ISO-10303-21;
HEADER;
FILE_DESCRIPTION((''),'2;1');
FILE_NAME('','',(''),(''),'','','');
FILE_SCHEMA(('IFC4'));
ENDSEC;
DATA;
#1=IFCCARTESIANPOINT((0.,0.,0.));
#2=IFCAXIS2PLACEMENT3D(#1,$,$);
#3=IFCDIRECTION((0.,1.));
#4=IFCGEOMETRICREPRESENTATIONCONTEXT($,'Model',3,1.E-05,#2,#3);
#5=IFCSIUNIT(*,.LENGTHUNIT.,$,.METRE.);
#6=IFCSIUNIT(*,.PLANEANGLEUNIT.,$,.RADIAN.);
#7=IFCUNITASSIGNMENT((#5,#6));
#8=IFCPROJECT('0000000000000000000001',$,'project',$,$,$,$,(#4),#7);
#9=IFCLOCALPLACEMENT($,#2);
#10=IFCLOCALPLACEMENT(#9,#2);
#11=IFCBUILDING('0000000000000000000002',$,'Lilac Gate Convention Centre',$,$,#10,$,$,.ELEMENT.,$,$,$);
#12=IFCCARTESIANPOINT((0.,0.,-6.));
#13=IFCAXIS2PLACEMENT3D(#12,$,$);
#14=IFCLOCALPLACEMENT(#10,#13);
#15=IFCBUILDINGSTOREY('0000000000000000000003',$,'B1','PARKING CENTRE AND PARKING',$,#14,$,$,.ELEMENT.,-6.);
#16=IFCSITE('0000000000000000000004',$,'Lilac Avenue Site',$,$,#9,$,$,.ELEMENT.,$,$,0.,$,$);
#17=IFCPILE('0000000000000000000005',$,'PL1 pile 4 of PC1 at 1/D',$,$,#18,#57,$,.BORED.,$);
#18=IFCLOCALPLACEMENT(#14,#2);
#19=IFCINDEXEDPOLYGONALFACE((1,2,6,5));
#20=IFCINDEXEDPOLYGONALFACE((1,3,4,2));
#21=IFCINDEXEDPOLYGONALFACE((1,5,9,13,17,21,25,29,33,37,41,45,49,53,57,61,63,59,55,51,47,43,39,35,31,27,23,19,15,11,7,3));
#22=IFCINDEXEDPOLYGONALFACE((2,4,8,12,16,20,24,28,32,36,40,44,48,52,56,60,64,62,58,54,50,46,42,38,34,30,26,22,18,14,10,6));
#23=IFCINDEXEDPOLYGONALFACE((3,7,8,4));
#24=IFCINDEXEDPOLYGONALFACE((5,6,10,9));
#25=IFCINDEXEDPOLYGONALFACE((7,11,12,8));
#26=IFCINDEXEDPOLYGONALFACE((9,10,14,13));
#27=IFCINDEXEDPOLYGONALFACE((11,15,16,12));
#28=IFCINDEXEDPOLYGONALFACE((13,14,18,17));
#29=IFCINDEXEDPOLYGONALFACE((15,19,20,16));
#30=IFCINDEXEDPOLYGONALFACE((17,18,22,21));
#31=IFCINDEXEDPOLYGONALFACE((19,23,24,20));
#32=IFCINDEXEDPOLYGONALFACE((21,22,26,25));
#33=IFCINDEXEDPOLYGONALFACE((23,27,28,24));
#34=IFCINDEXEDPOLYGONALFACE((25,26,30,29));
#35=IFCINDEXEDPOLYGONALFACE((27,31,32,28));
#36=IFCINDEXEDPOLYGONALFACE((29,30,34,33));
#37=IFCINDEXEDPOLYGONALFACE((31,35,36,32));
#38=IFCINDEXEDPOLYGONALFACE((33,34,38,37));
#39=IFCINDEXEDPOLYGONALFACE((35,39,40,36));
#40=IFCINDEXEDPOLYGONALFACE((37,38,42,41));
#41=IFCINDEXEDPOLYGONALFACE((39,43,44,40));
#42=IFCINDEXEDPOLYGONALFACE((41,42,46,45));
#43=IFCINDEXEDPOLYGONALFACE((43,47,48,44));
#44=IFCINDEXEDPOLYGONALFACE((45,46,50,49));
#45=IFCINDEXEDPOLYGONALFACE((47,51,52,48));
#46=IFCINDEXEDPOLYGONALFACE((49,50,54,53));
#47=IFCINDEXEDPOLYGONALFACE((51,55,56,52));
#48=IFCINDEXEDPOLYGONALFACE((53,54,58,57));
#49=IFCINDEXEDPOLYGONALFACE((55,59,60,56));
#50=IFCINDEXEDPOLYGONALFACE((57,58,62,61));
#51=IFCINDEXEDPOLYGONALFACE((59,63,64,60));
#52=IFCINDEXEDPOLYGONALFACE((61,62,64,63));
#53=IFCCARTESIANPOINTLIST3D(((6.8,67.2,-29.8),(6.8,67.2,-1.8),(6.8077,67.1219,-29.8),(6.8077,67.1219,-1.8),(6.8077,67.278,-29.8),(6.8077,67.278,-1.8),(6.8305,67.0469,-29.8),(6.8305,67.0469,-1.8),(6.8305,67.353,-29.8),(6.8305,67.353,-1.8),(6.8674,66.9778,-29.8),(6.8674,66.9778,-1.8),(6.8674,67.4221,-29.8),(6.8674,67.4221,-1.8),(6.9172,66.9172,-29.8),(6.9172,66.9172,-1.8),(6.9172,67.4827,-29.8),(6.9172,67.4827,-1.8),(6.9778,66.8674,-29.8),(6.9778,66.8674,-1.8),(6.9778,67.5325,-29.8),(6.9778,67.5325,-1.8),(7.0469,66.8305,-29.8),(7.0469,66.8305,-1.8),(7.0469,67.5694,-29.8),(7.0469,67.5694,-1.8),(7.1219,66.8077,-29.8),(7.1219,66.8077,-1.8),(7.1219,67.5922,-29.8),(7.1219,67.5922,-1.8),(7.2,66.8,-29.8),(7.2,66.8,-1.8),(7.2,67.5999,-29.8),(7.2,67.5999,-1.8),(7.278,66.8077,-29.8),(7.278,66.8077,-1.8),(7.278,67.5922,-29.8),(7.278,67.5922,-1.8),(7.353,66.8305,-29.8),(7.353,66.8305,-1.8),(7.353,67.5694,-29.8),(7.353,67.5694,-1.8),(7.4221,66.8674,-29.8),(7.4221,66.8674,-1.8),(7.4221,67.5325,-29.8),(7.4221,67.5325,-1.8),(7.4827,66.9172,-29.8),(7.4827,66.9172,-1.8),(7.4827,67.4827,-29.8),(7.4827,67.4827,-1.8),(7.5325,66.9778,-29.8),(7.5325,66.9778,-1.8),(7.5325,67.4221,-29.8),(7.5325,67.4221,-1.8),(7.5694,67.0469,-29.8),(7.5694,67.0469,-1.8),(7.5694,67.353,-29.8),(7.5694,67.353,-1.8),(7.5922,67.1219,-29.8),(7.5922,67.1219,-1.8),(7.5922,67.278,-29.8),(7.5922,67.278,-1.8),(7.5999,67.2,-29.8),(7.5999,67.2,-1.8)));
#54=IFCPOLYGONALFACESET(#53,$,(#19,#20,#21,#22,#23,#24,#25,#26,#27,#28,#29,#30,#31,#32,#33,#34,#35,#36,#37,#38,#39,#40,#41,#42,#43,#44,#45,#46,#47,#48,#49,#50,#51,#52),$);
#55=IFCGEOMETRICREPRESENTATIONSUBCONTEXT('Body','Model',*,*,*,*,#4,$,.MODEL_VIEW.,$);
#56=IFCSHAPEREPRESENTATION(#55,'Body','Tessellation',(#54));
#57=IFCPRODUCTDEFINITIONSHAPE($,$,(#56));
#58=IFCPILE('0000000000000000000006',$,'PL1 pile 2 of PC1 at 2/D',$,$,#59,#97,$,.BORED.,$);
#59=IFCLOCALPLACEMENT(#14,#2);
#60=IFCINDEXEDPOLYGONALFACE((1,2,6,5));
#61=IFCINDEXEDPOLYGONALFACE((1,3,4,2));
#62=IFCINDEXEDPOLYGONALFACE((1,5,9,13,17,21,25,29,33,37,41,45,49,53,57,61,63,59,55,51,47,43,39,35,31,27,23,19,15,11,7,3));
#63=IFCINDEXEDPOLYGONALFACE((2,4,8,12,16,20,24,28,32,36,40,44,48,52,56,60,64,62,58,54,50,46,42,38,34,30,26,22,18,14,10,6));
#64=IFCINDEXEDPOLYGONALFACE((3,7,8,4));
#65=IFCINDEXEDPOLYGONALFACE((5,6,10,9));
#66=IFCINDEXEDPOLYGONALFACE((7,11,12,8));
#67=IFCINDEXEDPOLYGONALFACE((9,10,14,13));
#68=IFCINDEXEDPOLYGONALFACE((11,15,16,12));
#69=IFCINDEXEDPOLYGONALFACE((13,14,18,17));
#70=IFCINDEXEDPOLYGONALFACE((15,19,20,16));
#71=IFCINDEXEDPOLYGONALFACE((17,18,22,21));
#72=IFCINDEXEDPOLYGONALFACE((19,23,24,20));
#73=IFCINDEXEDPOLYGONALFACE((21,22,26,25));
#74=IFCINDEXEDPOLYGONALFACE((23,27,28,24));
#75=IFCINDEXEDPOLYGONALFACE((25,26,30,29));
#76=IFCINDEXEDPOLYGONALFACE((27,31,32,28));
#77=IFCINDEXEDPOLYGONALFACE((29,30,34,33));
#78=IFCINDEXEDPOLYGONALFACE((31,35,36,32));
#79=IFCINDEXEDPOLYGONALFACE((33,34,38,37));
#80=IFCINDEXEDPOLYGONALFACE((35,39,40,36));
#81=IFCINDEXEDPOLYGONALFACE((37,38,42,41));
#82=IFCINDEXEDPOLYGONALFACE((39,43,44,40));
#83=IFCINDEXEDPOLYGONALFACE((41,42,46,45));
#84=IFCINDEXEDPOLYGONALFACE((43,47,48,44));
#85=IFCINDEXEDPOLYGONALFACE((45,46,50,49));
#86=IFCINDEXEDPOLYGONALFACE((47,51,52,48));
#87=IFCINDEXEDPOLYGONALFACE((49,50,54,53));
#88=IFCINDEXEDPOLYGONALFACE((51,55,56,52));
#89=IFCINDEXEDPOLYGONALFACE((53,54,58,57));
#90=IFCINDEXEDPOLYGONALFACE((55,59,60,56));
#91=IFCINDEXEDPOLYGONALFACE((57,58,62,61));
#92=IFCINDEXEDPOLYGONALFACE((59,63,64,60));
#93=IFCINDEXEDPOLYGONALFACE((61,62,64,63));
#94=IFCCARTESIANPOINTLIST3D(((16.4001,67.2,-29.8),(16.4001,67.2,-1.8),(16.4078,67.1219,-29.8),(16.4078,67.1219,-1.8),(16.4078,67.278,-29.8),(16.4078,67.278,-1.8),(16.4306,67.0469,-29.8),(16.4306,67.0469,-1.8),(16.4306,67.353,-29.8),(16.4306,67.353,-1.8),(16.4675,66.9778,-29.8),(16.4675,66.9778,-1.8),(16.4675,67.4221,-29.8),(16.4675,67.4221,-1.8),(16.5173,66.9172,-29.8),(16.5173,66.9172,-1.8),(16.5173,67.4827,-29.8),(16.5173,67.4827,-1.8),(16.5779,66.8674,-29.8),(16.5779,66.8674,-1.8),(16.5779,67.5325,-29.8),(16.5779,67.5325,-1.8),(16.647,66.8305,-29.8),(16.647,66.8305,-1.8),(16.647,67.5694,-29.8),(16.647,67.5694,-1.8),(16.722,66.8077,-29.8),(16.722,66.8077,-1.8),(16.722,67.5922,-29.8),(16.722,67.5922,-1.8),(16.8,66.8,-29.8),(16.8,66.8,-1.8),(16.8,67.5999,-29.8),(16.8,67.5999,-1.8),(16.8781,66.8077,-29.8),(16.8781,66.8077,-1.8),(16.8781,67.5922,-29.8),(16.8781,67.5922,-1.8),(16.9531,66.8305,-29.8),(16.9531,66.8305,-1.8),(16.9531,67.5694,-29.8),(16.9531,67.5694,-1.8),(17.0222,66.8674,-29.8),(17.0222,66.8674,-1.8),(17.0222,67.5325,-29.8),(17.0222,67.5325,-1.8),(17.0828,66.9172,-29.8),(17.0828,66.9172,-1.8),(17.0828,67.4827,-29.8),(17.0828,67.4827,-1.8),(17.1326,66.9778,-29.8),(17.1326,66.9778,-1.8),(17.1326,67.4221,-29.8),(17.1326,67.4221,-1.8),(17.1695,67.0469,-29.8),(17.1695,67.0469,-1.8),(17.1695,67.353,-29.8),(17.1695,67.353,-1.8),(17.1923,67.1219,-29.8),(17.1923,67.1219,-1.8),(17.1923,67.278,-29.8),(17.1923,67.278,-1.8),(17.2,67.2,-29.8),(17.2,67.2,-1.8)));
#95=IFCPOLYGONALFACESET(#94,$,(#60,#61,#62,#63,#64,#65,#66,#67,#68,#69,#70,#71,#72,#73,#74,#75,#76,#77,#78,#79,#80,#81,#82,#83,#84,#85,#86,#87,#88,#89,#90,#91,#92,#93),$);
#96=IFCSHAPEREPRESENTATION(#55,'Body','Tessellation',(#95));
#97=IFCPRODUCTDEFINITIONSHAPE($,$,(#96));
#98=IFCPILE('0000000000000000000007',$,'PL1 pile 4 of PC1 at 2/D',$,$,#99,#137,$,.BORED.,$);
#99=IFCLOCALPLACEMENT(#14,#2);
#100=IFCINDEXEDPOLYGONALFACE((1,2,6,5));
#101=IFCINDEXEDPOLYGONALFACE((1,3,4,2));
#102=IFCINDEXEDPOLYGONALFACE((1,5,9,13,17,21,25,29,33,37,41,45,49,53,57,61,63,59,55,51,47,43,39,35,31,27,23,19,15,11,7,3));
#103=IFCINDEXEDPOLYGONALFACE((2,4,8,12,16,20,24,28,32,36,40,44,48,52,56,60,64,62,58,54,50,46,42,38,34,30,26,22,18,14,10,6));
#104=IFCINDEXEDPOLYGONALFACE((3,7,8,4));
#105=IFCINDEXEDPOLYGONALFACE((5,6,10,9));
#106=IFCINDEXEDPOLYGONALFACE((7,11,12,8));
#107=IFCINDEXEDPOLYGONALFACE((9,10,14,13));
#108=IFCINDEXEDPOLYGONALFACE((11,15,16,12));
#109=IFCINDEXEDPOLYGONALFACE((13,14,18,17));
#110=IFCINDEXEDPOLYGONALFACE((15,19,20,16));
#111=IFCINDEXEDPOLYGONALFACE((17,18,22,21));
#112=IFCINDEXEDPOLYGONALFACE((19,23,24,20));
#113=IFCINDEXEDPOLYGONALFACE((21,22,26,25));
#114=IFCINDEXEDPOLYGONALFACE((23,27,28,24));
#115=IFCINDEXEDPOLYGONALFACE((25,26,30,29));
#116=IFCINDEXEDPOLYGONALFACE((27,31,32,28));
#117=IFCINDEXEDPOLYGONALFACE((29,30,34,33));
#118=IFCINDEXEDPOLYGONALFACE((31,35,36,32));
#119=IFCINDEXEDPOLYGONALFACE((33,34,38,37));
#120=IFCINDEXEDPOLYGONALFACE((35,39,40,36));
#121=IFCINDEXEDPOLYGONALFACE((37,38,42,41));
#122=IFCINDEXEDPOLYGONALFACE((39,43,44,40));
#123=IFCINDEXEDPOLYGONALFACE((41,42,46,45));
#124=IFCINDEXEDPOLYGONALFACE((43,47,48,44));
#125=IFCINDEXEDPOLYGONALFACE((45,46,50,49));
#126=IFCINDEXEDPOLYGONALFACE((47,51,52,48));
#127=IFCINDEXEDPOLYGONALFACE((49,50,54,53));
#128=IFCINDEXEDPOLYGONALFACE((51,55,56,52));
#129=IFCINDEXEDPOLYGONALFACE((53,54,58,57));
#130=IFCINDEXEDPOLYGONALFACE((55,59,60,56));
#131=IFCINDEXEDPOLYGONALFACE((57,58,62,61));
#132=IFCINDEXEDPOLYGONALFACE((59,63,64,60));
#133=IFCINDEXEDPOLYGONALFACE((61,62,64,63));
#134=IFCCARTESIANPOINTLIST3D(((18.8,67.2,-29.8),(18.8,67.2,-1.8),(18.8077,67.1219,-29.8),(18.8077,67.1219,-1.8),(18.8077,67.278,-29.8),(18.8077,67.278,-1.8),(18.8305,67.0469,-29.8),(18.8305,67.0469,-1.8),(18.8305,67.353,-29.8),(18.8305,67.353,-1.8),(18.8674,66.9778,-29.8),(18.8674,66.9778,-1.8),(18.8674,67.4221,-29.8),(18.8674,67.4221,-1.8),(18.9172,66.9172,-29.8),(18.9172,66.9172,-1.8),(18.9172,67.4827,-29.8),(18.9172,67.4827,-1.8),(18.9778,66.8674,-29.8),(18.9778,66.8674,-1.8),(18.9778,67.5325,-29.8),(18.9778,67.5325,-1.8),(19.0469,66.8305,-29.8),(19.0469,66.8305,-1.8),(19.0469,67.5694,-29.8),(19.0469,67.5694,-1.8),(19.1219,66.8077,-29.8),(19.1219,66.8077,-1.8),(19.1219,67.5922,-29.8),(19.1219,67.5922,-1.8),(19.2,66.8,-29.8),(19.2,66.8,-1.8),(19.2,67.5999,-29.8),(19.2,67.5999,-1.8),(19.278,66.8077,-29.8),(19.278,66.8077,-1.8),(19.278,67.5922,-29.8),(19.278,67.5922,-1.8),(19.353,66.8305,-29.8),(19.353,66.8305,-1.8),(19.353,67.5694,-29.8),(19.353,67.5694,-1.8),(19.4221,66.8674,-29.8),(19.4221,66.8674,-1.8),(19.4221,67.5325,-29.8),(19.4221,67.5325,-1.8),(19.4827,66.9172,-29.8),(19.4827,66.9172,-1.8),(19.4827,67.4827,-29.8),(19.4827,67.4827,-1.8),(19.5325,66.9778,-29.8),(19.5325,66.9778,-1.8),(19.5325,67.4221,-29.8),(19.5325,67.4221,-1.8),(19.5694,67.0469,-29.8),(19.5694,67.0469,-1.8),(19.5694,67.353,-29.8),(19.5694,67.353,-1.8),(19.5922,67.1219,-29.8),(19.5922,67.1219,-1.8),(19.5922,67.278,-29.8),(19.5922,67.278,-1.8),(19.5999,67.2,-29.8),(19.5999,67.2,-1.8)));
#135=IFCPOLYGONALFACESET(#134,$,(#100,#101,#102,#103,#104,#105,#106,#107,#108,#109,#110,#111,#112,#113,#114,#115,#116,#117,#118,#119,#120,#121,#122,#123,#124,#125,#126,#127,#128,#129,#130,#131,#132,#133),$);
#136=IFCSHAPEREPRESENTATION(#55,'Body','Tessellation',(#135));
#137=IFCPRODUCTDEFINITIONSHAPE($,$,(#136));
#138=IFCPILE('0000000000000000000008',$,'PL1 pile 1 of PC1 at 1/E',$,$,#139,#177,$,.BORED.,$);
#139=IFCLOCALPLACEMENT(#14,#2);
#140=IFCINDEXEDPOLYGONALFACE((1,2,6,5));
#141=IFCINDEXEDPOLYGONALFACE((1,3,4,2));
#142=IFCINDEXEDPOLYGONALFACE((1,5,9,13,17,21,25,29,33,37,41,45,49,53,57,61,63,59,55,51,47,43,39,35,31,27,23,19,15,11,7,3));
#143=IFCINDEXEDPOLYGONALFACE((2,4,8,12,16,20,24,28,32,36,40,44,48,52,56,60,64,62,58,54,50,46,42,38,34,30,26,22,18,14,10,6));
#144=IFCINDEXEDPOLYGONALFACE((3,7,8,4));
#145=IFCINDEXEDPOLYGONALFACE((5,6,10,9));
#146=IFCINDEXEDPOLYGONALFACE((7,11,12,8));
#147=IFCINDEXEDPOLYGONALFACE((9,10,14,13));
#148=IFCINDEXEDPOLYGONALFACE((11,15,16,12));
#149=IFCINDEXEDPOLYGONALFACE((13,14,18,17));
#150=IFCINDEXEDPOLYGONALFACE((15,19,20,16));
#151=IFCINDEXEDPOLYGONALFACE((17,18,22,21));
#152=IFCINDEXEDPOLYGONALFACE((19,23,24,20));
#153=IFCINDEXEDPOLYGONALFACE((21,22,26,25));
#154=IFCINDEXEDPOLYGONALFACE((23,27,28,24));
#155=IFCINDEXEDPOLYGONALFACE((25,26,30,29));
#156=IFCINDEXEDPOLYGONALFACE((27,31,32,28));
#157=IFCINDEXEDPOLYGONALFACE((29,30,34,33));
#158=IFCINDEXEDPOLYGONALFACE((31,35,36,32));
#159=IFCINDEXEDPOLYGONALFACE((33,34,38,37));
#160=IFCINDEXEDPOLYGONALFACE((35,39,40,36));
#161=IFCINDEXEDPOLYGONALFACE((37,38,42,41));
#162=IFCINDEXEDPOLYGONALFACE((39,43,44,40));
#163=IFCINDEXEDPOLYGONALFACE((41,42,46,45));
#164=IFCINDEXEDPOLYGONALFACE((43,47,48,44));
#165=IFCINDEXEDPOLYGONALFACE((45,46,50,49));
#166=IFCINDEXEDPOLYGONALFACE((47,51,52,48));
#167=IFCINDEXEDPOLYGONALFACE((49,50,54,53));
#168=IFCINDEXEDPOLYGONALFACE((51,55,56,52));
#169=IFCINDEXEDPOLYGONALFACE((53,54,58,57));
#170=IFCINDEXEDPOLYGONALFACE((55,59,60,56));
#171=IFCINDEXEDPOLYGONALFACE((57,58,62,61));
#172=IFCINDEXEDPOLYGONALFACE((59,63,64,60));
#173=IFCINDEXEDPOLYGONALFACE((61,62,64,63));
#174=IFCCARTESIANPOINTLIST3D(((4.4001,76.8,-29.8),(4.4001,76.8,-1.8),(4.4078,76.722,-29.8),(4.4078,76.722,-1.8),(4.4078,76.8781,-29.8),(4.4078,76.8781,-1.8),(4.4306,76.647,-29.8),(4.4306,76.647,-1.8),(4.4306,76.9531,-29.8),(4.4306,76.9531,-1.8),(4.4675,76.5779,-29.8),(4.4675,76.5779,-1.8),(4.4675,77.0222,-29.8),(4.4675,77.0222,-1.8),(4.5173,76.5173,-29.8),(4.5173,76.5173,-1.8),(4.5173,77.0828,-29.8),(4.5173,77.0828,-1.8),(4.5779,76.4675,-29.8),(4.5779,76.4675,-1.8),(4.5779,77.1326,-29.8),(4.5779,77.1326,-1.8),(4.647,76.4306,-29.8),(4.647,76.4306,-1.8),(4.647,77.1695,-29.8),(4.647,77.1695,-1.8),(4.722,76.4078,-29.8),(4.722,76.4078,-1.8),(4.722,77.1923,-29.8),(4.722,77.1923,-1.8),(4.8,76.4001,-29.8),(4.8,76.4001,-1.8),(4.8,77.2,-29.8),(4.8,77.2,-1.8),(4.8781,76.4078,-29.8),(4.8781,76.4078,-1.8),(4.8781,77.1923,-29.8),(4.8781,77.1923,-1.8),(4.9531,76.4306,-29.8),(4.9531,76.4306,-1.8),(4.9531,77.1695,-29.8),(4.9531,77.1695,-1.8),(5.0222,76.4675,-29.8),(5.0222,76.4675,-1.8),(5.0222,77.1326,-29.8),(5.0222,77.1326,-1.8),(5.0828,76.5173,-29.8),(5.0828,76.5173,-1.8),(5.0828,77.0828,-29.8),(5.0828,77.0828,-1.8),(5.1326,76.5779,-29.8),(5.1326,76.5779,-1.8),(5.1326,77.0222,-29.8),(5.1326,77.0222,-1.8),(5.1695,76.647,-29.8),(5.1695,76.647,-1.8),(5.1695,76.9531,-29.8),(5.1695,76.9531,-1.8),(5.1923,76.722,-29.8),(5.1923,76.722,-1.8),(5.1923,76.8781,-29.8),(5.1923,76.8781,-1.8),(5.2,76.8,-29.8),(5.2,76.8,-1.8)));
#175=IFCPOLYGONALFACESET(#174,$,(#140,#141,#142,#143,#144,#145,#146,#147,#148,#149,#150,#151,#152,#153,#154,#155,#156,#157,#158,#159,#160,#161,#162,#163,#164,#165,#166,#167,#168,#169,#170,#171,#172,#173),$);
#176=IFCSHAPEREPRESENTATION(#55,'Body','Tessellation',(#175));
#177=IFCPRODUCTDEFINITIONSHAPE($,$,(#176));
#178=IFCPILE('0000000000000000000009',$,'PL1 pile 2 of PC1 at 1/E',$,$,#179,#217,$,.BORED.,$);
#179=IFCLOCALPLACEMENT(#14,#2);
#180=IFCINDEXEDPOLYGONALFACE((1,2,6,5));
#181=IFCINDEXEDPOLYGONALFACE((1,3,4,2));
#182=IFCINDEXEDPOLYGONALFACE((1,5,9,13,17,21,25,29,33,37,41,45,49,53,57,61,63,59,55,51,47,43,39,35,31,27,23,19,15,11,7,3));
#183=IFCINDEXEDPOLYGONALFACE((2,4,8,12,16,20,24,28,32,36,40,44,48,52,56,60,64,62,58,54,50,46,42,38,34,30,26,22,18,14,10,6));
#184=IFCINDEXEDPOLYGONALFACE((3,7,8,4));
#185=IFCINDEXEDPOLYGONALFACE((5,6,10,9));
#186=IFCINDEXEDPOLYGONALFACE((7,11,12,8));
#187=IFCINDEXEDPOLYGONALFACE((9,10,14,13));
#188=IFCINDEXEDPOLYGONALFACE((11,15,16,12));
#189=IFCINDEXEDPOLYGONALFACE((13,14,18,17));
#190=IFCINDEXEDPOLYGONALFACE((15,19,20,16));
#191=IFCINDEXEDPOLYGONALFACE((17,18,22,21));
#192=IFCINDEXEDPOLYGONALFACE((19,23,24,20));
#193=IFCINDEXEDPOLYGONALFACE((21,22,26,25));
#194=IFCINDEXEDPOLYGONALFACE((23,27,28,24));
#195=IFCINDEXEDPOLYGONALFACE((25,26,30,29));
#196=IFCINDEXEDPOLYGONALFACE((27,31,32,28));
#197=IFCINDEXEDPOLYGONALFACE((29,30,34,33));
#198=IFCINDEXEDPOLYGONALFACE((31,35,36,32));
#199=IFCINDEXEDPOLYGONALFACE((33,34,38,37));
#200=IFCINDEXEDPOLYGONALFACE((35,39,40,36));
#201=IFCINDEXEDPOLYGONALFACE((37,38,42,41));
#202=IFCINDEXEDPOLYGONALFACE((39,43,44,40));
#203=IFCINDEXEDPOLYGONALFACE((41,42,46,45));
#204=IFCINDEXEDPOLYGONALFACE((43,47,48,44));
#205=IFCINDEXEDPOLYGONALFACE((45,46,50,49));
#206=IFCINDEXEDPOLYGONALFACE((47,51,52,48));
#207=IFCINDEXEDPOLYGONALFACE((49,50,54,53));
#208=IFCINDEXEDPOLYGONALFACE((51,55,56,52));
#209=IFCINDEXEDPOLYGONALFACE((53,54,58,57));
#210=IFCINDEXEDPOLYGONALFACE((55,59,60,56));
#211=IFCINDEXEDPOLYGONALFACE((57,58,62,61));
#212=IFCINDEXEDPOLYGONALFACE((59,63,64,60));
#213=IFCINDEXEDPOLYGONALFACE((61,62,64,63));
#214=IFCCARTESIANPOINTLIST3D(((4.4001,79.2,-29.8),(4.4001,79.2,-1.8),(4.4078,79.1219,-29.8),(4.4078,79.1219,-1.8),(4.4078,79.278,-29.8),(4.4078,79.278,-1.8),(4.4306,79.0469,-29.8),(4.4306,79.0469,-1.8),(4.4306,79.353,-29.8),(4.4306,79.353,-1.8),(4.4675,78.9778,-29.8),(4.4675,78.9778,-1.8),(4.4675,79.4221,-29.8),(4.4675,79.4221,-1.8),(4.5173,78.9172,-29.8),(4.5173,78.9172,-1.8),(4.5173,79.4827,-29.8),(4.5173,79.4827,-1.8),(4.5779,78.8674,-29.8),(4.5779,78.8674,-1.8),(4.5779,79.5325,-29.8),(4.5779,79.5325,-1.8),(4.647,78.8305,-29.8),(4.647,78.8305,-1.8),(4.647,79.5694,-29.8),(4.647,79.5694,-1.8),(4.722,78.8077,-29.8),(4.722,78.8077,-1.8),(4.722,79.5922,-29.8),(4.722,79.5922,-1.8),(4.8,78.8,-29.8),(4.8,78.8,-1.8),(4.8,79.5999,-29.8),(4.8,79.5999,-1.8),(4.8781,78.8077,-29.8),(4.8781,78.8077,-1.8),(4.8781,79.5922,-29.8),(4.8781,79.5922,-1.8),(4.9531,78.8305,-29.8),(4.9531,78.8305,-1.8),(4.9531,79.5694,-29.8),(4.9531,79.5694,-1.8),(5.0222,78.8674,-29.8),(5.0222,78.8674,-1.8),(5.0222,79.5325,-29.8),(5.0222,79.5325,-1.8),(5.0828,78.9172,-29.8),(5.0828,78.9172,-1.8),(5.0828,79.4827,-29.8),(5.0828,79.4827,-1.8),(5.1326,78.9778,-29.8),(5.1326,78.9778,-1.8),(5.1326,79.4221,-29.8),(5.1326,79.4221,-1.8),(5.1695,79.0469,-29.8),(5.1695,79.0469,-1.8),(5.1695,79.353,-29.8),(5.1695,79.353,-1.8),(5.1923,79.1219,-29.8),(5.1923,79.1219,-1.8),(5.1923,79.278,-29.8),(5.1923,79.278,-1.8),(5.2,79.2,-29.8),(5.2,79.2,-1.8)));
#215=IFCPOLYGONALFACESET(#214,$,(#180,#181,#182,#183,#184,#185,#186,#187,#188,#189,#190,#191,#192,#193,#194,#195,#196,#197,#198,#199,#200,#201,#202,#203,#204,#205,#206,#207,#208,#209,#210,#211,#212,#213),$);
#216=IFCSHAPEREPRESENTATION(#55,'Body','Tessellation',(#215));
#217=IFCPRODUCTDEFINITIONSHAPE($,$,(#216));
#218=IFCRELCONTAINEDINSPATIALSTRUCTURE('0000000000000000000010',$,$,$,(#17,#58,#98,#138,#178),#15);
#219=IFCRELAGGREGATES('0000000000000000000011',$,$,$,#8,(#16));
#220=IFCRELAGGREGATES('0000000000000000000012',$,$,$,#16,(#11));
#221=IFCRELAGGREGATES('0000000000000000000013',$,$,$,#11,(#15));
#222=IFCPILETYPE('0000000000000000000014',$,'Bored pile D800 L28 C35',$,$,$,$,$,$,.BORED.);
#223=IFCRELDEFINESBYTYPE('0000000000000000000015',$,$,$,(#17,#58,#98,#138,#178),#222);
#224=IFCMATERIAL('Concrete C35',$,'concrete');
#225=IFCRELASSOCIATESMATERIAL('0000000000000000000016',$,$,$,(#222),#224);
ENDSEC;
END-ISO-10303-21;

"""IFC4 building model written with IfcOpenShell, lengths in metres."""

from ifc_helpers import new_model, si_unit, direction, frame, origin, origin_2d, place, context, subcontext, project, spatial, circle, extrude, material, material_profile, profile_set, type_object, element, save


model = new_model("IFC4")

# Units and contexts
model_context = context("Model", 3, precision=1e-05, world=origin(), true_north=direction((0.0, 1.0)))
body_context = subcontext(model_context, "Body", "Model", "MODEL_VIEW")
ifc_project = project(units=[si_unit("LENGTHUNIT", "METRE"), si_unit("PLANEANGLEUNIT", "RADIAN")], contexts=[model_context])

# Site, building, storey
site_placement = place(None, origin())
site = spatial("IfcSite", under=ifc_project, at=site_placement, Name="Lilac Avenue Site", CompositionType="ELEMENT", RefElevation=0.0)
building_placement = place(site_placement, origin())
building = spatial("IfcBuilding", under=site, at=building_placement, Name="Lilac Gate Convention Centre", CompositionType="ELEMENT")
storey_placement = place(building_placement, frame((0.0, 0.0, -6.0)))
storey = spatial("IfcBuildingStorey", under=building, at=storey_placement, Name="B1", Description="PARKING CENTRE AND PARKING", CompositionType="ELEMENT", Elevation=-6.0)

# Piles
ifc_material_1 = material(Name="Concrete C35", Category="concrete")
ifc_material_profile_1 = material_profile(ifc_material_1, circle(Radius=0.3999, at=origin_2d()), Name="D800")
ifc_profile_set_1 = profile_set([ifc_material_profile_1], Name="Concrete C35")
pile_type = type_object("IfcPileType", Name="Bored pile D800 L28 C35", PredefinedType="BORED", material=ifc_profile_set_1)
for number, where, z_axis, x_axis, name in (
    (1, (7.2, 67.2, -1.8), (0.0, 0.0, -1.0), (1.0, 0.0, 0.0), "PL1 pile 4 of PC1 at 1/D"),
    (2, (16.8, 67.2, -1.8), (0.0, 0.0, -1.0), (1.0, 0.0, 0.0), "PL1 pile 2 of PC1 at 2/D"),
    (3, (19.2, 67.2, -1.8), (0.0, 0.0, -1.0), (1.0, 0.0, 0.0), "PL1 pile 4 of PC1 at 2/D"),
    (4, (4.8, 76.8, -1.8), (0.0, 0.0, -1.0), (1.0, 0.0, 0.0), "PL1 pile 1 of PC1 at 1/E"),
    (5, (4.8, 79.2, -1.8), (0.0, 0.0, -1.0), (1.0, 0.0, 0.0), "PL1 pile 2 of PC1 at 1/E"),
):
    element("IfcPile", number, at=place(storey_placement, frame(where, z_axis=z_axis, x_axis=x_axis)), inside=storey, type_object=pile_type, Name=name, PredefinedType="BORED", context=body_context, shape_type="SweptSolid", body=[
        extrude(circle(Radius=0.3999, at=origin_2d()), origin(), (0.0, 0.0, 1.0), 28.0),
    ])

save(model, "model.ifc")
